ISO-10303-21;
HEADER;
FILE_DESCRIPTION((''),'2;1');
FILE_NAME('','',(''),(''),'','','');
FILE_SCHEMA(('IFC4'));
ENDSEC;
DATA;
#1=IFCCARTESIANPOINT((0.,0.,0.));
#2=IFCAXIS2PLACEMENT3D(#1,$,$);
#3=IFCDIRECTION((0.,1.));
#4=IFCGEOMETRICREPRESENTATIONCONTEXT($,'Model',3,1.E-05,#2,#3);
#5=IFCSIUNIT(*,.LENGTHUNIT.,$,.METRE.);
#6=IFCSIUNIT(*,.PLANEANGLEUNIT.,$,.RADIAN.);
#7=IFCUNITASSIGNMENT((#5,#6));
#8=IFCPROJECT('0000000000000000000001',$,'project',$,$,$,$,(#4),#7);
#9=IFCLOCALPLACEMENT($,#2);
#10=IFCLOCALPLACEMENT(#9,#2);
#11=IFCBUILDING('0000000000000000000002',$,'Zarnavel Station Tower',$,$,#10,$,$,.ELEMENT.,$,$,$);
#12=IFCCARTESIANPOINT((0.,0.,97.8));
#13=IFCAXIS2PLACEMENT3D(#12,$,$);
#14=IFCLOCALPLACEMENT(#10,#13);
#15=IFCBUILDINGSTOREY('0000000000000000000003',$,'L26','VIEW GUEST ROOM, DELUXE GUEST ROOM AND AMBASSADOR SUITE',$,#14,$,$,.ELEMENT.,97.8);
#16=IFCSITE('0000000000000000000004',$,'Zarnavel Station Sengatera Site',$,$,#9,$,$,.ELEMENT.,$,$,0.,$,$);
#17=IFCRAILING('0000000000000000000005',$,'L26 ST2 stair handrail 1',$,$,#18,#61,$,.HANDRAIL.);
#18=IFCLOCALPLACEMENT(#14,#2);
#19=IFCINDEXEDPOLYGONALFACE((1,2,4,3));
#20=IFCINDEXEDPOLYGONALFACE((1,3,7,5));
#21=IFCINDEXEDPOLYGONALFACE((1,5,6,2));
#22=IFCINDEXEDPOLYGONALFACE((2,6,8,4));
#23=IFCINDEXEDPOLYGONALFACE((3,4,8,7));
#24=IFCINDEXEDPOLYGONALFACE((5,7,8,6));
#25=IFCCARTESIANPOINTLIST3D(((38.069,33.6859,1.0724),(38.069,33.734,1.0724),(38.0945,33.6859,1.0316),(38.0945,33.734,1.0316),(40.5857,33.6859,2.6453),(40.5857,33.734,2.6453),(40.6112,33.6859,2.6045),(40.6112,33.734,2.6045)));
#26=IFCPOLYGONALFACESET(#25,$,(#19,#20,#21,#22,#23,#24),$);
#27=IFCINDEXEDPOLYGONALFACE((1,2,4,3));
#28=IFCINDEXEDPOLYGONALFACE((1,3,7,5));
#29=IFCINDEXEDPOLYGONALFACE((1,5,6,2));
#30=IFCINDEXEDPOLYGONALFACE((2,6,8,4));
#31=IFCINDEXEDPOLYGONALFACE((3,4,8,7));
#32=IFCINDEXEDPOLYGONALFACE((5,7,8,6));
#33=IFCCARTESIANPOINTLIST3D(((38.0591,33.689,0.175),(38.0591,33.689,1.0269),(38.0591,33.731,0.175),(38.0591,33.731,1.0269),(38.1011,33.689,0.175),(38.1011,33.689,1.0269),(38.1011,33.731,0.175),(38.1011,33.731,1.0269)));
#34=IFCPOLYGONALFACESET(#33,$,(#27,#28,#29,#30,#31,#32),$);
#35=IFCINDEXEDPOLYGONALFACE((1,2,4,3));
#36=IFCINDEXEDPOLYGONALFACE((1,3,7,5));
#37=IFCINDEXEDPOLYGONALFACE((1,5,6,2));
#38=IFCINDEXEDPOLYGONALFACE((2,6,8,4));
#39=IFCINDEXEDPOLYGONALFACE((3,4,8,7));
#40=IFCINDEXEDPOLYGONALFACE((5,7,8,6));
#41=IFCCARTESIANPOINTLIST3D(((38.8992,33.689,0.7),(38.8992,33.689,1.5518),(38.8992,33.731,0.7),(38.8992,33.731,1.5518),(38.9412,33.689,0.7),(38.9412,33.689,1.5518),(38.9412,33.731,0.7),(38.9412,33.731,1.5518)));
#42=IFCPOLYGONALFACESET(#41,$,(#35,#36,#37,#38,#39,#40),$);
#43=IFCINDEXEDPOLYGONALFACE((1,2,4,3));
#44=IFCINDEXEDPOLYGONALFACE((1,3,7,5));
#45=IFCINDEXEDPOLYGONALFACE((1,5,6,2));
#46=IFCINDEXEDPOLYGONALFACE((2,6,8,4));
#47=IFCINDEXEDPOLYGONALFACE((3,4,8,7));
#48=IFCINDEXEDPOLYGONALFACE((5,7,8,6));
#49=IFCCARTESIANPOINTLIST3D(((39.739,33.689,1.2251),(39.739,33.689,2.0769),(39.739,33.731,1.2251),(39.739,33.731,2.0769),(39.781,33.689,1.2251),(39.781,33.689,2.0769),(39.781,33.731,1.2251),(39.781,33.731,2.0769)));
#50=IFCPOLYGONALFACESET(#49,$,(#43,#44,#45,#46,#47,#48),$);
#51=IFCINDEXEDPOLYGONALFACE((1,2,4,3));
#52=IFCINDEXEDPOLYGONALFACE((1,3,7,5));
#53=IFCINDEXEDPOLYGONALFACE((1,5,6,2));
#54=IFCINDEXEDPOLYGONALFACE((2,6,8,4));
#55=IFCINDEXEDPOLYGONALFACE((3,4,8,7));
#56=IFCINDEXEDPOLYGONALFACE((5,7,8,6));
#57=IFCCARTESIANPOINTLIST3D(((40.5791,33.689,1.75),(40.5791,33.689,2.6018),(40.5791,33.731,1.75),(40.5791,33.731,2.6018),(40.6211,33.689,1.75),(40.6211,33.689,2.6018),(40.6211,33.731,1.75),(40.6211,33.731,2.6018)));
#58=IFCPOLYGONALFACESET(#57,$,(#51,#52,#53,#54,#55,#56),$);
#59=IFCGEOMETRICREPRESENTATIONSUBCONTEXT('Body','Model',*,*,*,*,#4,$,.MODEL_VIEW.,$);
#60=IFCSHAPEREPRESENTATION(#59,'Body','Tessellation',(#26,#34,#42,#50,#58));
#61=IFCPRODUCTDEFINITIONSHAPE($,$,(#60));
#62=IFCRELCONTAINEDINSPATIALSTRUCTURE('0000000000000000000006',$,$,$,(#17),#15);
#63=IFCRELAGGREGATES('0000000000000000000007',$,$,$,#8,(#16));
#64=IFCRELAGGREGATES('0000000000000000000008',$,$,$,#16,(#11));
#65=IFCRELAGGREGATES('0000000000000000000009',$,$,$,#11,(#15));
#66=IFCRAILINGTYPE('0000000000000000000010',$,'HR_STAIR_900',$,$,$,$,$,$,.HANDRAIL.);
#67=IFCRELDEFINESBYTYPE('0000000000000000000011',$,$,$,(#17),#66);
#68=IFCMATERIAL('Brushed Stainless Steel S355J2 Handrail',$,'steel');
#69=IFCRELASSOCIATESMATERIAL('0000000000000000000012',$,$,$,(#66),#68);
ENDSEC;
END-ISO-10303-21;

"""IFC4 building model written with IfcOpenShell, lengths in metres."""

from ifc_helpers import new_model, si_unit, direction, frame, origin, origin_2d, place, context, subcontext, project, spatial, rectangle, extrude, material, type_object, element, save


model = new_model("IFC4")

# Units and contexts
model_context = context("Model", 3, precision=1e-05, world=origin(), true_north=direction((0.0, 1.0)))
body_context = subcontext(model_context, "Body", "Model", "MODEL_VIEW")
ifc_project = project(units=[si_unit("LENGTHUNIT", "METRE"), si_unit("PLANEANGLEUNIT", "RADIAN")], contexts=[model_context])

# Site, building, storey
site_placement = place(None, origin())
site = spatial("IfcSite", under=ifc_project, at=site_placement, Name="Zarnavel Station Sengatera Site", CompositionType="ELEMENT", RefElevation=0.0)
building_placement = place(site_placement, origin())
building = spatial("IfcBuilding", under=site, at=building_placement, Name="Zarnavel Station Tower", CompositionType="ELEMENT")
storey_placement = place(building_placement, frame((0.0, 0.0, 97.8)))
storey = spatial("IfcBuildingStorey", under=building, at=storey_placement, Name="L26", Description="VIEW GUEST ROOM, DELUXE GUEST ROOM AND AMBASSADOR SUITE", CompositionType="ELEMENT", Elevation=97.8)

# Railing
ifc_material_1 = material(Name="Brushed Stainless Steel S355J2 Handrail", Category="steel")
railing_type_1 = type_object("IfcRailingType", Name="HR_STAIR_900", PredefinedType="HANDRAIL", material=ifc_material_1)
railing_1_placement = place(storey_placement, frame((38.0801, 33.71, 0.175)))
element("IfcRailing", 1, at=railing_1_placement, inside=storey, type_object=railing_type_1, Name="L26 ST2 stair handrail 1", PredefinedType="HANDRAIL", context=body_context, shape_type="SweptSolid", body=[
    extrude(rectangle(XDim=0.0481, YDim=0.0481, at=origin_2d()), frame((0.0017, 0.0, 0.877), z_axis=(0.848008, 0.0, 0.529984), x_axis=(0.0, 1.0, 0.0)), (0.0, 0.0, 1.0), 2.9678),
    extrude(rectangle(XDim=0.042, YDim=0.042, at=origin_2d()), origin(), (0.0, 0.0, 1.0), 0.8518),
    extrude(rectangle(XDim=0.042, YDim=0.042, at=origin_2d()), frame((0.8401, 0.0, 0.5249)), (0.0, 0.0, 1.0), 0.8518),
    extrude(rectangle(XDim=0.042, YDim=0.042, at=origin_2d()), frame((1.6799, 0.0, 1.05)), (0.0, 0.0, 1.0), 0.8518),
    extrude(rectangle(XDim=0.042, YDim=0.042, at=origin_2d()), frame((2.52, 0.0, 1.575)), (0.0, 0.0, 1.0), 0.8518),
])

save(model, "model.ifc")
